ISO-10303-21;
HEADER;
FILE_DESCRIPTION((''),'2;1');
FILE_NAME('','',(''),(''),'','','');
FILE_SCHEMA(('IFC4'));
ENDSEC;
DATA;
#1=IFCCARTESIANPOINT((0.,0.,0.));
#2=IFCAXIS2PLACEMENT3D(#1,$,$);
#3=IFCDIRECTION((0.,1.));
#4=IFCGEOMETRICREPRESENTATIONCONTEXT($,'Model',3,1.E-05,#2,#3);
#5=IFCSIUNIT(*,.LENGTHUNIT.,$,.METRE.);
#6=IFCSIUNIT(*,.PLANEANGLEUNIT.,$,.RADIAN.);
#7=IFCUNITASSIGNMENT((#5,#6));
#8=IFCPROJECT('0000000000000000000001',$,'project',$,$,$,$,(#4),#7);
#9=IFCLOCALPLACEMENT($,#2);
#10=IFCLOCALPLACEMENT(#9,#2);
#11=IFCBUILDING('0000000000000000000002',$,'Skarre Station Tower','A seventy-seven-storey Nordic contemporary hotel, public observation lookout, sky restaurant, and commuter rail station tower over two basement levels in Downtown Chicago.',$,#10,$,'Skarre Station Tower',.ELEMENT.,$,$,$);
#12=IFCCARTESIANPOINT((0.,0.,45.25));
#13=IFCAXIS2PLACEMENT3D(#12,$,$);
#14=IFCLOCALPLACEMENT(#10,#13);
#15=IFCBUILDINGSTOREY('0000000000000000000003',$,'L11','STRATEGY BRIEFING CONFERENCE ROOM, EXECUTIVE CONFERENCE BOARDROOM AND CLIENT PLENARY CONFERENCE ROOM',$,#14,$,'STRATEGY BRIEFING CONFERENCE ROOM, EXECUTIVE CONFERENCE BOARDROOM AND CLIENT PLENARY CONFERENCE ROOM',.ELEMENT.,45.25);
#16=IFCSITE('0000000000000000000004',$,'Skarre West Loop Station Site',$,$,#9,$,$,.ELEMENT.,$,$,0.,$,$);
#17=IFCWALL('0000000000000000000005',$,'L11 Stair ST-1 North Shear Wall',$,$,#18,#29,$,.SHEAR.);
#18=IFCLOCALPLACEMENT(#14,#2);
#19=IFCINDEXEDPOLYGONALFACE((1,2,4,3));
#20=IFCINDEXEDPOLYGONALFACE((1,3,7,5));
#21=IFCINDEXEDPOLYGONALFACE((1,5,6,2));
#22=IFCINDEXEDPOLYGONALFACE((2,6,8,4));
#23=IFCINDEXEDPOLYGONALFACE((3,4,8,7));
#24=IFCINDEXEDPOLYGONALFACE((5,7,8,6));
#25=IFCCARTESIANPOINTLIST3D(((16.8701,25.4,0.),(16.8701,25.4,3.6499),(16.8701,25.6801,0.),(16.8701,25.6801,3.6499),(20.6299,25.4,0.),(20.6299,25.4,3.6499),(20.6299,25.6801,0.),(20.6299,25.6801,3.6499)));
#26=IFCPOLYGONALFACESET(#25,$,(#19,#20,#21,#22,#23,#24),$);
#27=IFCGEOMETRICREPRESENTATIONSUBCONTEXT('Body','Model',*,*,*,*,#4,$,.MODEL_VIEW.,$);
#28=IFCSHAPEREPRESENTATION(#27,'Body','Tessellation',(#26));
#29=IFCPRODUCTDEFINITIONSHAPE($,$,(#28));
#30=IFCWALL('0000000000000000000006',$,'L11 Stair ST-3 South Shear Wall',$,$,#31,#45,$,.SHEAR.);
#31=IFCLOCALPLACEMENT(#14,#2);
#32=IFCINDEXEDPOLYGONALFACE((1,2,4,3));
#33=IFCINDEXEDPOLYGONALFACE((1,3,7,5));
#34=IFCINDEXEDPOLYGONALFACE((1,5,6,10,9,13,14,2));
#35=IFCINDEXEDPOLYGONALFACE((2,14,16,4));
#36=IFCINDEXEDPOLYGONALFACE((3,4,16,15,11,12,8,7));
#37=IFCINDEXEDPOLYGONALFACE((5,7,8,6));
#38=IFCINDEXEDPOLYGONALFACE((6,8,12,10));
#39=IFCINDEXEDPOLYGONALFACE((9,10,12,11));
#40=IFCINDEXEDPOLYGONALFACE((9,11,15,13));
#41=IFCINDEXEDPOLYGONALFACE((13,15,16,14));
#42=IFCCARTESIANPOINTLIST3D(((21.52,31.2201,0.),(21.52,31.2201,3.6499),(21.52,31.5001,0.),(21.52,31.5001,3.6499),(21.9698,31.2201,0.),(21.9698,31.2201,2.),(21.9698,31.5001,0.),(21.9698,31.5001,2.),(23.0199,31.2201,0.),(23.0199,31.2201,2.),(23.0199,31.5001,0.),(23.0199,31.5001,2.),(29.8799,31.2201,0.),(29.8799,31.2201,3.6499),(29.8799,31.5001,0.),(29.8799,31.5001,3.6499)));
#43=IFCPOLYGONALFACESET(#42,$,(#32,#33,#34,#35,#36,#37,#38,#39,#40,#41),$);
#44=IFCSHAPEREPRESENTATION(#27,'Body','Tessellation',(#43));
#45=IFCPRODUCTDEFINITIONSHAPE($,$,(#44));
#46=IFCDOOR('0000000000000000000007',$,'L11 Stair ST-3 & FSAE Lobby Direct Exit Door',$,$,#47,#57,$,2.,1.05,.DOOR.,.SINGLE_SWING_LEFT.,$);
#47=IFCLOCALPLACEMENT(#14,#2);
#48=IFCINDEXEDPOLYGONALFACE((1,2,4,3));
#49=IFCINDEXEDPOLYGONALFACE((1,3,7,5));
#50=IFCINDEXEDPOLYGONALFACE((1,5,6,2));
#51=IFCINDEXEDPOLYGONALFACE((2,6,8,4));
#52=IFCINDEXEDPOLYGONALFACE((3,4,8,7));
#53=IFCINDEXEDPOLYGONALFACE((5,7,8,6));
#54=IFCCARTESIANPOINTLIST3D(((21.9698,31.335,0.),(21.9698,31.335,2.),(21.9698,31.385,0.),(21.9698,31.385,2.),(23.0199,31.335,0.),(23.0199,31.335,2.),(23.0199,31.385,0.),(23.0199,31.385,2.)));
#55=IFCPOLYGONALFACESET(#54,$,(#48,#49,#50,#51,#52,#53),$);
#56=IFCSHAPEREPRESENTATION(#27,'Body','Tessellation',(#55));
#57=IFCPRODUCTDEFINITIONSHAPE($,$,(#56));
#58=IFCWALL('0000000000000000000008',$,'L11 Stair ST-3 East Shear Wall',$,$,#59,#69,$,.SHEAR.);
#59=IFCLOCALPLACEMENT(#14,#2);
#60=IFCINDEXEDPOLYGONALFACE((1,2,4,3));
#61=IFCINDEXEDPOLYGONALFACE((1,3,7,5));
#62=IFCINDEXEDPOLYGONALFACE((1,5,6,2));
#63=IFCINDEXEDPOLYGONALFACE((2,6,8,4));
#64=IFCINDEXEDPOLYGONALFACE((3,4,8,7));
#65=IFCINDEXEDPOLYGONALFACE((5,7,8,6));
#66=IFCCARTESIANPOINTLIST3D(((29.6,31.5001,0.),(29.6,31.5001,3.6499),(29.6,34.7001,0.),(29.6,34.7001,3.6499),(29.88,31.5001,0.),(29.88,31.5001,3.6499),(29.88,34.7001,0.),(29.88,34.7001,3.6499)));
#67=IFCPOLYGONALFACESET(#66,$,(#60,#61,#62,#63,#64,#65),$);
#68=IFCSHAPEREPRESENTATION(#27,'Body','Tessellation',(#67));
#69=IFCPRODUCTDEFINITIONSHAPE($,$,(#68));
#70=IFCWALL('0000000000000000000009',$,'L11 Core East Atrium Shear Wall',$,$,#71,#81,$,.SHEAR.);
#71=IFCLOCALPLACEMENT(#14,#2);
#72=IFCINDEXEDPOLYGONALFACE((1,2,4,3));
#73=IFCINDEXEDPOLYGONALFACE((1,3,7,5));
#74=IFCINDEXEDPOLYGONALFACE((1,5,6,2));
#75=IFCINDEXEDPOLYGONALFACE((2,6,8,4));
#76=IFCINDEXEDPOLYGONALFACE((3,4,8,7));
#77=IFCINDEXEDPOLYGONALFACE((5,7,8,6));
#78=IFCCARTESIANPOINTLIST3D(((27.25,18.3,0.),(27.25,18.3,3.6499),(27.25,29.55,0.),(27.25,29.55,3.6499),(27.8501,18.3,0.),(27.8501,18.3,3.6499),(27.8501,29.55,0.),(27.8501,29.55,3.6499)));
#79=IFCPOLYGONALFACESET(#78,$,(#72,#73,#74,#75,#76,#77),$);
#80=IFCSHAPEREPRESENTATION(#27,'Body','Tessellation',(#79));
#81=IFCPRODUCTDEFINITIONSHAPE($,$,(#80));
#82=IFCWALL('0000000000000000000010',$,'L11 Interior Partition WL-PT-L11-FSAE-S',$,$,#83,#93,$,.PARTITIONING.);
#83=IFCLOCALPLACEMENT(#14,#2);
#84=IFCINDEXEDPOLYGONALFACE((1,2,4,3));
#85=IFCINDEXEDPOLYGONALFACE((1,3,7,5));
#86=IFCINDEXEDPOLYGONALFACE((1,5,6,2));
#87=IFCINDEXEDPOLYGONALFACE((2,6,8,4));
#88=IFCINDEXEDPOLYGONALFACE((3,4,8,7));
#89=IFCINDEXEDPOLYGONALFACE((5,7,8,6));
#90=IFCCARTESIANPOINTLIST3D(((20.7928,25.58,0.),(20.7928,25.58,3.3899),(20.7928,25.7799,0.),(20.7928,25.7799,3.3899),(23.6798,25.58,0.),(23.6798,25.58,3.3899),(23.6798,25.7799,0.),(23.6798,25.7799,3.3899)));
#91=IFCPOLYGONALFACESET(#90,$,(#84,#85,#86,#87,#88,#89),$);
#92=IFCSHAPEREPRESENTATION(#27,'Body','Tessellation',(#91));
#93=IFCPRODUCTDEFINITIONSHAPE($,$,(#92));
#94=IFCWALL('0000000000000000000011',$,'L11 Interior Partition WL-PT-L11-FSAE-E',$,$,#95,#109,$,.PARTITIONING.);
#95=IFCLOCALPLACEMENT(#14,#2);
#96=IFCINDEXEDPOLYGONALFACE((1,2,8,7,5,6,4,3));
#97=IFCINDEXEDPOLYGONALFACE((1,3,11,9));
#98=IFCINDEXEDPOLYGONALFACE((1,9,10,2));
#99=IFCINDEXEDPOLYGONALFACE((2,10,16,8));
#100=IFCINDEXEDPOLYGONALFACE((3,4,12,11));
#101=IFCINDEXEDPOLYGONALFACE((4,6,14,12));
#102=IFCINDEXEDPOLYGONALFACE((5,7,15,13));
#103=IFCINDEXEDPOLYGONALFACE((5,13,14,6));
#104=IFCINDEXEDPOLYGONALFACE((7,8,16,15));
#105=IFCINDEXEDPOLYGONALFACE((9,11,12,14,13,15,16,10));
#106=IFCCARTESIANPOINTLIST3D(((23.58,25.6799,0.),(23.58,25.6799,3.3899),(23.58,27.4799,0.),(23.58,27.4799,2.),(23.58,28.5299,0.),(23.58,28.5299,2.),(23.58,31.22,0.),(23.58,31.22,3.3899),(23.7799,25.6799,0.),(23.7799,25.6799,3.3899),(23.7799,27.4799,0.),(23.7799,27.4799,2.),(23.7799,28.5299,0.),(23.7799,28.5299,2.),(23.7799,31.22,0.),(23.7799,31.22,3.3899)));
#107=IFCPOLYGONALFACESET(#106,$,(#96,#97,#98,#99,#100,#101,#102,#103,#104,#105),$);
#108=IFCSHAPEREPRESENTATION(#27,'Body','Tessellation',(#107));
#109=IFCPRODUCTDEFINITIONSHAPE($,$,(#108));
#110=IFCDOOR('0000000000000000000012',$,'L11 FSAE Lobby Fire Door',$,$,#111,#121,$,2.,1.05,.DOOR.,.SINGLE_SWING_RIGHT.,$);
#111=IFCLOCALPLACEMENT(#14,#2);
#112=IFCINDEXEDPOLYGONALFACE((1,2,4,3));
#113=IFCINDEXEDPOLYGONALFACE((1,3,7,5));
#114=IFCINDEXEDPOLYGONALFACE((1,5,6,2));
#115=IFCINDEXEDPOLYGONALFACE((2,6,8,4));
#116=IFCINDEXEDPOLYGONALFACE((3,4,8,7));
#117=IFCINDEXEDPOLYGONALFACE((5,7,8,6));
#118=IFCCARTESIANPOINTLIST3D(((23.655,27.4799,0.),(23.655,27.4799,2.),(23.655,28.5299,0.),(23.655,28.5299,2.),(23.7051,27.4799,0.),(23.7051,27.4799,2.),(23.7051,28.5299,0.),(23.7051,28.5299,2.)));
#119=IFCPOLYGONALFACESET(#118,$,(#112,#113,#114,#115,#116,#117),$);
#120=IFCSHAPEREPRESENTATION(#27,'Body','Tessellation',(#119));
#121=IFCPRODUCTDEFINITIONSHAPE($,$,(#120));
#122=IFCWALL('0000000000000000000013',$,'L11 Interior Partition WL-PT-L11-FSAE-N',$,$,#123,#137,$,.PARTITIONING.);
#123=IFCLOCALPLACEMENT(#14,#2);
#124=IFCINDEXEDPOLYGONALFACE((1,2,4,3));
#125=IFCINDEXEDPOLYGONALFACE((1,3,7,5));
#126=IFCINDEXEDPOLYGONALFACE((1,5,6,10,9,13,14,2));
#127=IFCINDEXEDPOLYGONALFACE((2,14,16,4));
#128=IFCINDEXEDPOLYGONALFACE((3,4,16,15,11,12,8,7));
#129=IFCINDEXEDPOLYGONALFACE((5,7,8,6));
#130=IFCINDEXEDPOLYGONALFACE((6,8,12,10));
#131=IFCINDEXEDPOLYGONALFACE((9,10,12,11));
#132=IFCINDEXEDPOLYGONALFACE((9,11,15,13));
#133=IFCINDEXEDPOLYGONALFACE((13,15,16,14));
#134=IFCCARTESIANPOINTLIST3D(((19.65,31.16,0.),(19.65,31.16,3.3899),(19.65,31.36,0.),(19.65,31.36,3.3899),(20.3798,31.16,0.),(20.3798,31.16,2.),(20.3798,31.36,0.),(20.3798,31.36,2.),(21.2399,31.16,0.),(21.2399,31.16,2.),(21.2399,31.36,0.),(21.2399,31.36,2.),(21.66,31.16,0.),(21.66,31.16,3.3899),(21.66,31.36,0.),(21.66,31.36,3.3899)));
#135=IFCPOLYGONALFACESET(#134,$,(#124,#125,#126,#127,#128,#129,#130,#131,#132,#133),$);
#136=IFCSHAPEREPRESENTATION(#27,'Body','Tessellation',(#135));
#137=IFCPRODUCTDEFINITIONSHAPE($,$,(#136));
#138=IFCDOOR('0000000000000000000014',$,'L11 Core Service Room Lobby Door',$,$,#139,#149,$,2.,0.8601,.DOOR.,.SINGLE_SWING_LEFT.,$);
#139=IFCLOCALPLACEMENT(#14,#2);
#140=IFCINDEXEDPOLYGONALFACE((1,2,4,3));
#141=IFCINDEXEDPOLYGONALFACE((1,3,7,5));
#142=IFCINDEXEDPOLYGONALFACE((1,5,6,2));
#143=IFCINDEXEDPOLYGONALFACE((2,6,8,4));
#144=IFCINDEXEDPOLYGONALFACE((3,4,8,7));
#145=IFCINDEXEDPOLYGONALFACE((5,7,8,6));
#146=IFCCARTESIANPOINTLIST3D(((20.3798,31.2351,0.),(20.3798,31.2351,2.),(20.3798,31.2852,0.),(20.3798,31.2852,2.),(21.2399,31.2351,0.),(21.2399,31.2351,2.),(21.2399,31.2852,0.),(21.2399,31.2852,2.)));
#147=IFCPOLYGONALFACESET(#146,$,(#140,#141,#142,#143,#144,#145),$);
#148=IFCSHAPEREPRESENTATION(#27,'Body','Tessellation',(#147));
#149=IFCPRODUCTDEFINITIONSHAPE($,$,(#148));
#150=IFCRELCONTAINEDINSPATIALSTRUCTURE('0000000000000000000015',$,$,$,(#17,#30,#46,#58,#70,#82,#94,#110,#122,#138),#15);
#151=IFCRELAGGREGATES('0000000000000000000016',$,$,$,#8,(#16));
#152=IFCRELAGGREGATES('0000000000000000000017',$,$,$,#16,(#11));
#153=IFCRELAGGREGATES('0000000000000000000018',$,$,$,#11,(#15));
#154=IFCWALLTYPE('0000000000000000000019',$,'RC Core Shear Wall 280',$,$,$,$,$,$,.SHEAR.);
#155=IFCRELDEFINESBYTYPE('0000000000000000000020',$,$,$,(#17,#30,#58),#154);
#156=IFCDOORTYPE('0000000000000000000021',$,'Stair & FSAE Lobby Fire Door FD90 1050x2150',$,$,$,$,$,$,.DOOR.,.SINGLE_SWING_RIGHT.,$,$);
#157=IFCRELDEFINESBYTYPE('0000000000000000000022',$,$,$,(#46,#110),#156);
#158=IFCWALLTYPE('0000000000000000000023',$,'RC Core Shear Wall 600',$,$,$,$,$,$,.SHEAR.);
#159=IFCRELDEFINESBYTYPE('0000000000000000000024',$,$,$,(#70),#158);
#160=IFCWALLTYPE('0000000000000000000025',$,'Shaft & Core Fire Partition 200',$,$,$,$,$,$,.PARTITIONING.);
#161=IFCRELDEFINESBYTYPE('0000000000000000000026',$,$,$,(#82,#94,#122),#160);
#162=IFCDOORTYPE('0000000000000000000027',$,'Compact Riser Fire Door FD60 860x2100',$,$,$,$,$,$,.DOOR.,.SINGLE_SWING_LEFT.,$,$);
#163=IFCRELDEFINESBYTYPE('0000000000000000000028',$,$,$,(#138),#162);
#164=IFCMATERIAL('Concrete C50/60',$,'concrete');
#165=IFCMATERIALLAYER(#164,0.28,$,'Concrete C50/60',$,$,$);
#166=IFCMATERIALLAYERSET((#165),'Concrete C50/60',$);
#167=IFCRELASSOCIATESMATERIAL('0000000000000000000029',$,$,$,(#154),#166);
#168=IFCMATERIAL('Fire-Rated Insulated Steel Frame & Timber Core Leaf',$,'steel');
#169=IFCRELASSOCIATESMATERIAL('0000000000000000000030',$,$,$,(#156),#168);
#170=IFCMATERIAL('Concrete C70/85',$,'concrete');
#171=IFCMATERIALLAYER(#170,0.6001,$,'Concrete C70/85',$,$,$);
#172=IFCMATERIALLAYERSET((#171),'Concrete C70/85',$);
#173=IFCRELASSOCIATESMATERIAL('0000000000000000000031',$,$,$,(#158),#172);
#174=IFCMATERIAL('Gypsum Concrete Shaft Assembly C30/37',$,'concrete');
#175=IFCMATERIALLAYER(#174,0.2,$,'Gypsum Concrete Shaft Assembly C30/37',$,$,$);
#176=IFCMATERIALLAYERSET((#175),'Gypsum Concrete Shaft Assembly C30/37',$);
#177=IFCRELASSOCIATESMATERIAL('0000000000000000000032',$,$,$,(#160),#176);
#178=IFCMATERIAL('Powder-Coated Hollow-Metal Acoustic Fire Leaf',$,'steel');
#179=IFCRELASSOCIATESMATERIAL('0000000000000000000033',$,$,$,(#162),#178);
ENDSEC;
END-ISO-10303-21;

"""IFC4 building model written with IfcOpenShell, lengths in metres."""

from ifc_helpers import new_model, si_unit, direction, frame, frame_2d, origin, place, context, subcontext, project, spatial, rectangle, extrude, material, layer, layer_set, type_object, element, fill, save


model = new_model("IFC4")

# Units and contexts
model_context = context("Model", 3, precision=1e-05, world=origin(), true_north=direction((0.0, 1.0)))
body_context = subcontext(model_context, "Body", "Model", "MODEL_VIEW")
ifc_project = project(units=[si_unit("LENGTHUNIT", "METRE"), si_unit("PLANEANGLEUNIT", "RADIAN")], contexts=[model_context])

# Site, building, storey
site_placement = place(None, origin())
site = spatial("IfcSite", under=ifc_project, at=site_placement, Name="Skarre West Loop Station Site", CompositionType="ELEMENT", RefElevation=0.0)
building_placement = place(site_placement, origin())
building = spatial("IfcBuilding", under=site, at=building_placement, Name="Skarre Station Tower", Description="A seventy-seven-storey Nordic contemporary hotel, public observation lookout, sky restaurant, and commuter rail station tower over two basement levels in Downtown Chicago.", LongName="Skarre Station Tower", CompositionType="ELEMENT")
storey_placement = place(building_placement, frame((0.0, 0.0, 45.25)))
storey = spatial("IfcBuildingStorey", under=building, at=storey_placement, Name="L11", Description="STRATEGY BRIEFING CONFERENCE ROOM, EXECUTIVE CONFERENCE BOARDROOM AND CLIENT PLENARY CONFERENCE ROOM", LongName="STRATEGY BRIEFING CONFERENCE ROOM, EXECUTIVE CONFERENCE BOARDROOM AND CLIENT PLENARY CONFERENCE ROOM", CompositionType="ELEMENT", Elevation=45.25)

# Wall
ifc_material_1 = material(Name="Concrete C50/60", Category="concrete")
ifc_layer_1 = layer(ifc_material_1, 0.28, Name="Concrete C50/60")
ifc_layer_set_1 = layer_set([ifc_layer_1], Name="Concrete C50/60")
wall_type_1 = type_object("IfcWallType", Name="RC Core Shear Wall 280", PredefinedType="SHEAR", material=ifc_layer_set_1)
wall_1_placement = place(storey_placement, frame((20.6299, 25.54, 0.0), z_axis=(0.0, 0.0, 1.0), x_axis=(-1.0, 0.0, 0.0)))
element("IfcWall", 1, at=wall_1_placement, inside=storey, type_object=wall_type_1, Name="L11 Stair ST-1 North Shear Wall", PredefinedType="SHEAR", context=body_context, shape_type="SweptSolid", body=[
    extrude(rectangle(XDim=3.7598, YDim=0.28, at=frame_2d((1.8799, 0.0))), origin(), (0.0, 0.0, 1.0), 3.6499),
])

# Wall, opening, door
wall_2_placement = place(storey_placement, frame((21.52, 31.3601, 0.0), z_axis=(0.0, 0.0, 1.0), x_axis=(1.0, 0.0, 0.0)))
wall_2 = element("IfcWall", 2, at=wall_2_placement, inside=storey, type_object=wall_type_1, Name="L11 Stair ST-3 South Shear Wall", PredefinedType="SHEAR", context=body_context, shape_type="SweptSolid", body=[
    extrude(rectangle(XDim=8.3599, YDim=0.28, at=frame_2d((4.1799, 0.0))), origin(), (0.0, 0.0, 1.0), 3.6499),
])
opening_1_placement = place(wall_2_placement, frame((0.45, 0.0, 0.0)))
opening_1 = element("IfcOpeningElement", 3, at=opening_1_placement, cuts=wall_2, PredefinedType="OPENING", context=body_context, shape_type="SweptSolid", body=[
    extrude(rectangle(XDim=1.05, YDim=2.0, at=frame_2d((0.5249, 1.0))), frame((0.0, 0.1499, 0.0), z_axis=(0.0, -1.0, 0.0), x_axis=(1.0, 0.0, 0.0)), (0.0, 0.0, 1.0), 0.3),
])
ifc_material_2 = material(Name="Fire-Rated Insulated Steel Frame & Timber Core Leaf", Category="steel")
door_type_1 = type_object("IfcDoorType", Name="Stair & FSAE Lobby Fire Door FD90 1050x2150", OperationType="SINGLE_SWING_RIGHT", PredefinedType="DOOR", material=ifc_material_2)
door_1_placement = place(opening_1_placement, origin())
door_1 = element("IfcDoor", 4, at=door_1_placement, inside=storey, type_object=door_type_1, Name="L11 Stair ST-3 & FSAE Lobby Direct Exit Door", OperationType="SINGLE_SWING_LEFT", OverallHeight=2.0, OverallWidth=1.05, PredefinedType="DOOR", context=body_context, shape_type="SweptSolid", body=[
    extrude(rectangle(XDim=1.05, YDim=2.0, at=frame_2d((0.5249, 1.0))), frame((0.0, 0.0249, 0.0), z_axis=(0.0, -1.0, 0.0), x_axis=(1.0, 0.0, 0.0)), (0.0, 0.0, 1.0), 0.05),
])
fill(opening_1, door_1)

# Walls
wall_3_placement = place(storey_placement, frame((29.74, 31.5, 0.0), z_axis=(0.0, 0.0, 1.0), x_axis=(0.0, 1.0, 0.0)))
element("IfcWall", 5, at=wall_3_placement, inside=storey, type_object=wall_type_1, Name="L11 Stair ST-3 East Shear Wall", PredefinedType="SHEAR", context=body_context, shape_type="SweptSolid", body=[
    extrude(rectangle(XDim=3.2, YDim=0.28, at=frame_2d((1.6001, 0.0))), origin(), (0.0, 0.0, 1.0), 3.6499),
])
ifc_material_3 = material(Name="Concrete C70/85", Category="concrete")
ifc_layer_2 = layer(ifc_material_3, 0.6001, Name="Concrete C70/85")
ifc_layer_set_2 = layer_set([ifc_layer_2], Name="Concrete C70/85")
wall_type_2 = type_object("IfcWallType", Name="RC Core Shear Wall 600", PredefinedType="SHEAR", material=ifc_layer_set_2)
wall_4_placement = place(storey_placement, frame((27.55, 29.55, 0.0), z_axis=(0.0, 0.0, 1.0), x_axis=(0.0, -1.0, 0.0)))
element("IfcWall", 6, at=wall_4_placement, inside=storey, type_object=wall_type_2, Name="L11 Core East Atrium Shear Wall", PredefinedType="SHEAR", context=body_context, shape_type="SweptSolid", body=[
    extrude(rectangle(XDim=11.25, YDim=0.6001, at=frame_2d((5.625, 0.0))), origin(), (0.0, 0.0, 1.0), 3.6499),
])
ifc_material_4 = material(Name="Gypsum Concrete Shaft Assembly C30/37", Category="concrete")
ifc_layer_3 = layer(ifc_material_4, 0.2, Name="Gypsum Concrete Shaft Assembly C30/37")
ifc_layer_set_3 = layer_set([ifc_layer_3], Name="Gypsum Concrete Shaft Assembly C30/37")
wall_type_3 = type_object("IfcWallType", Name="Shaft & Core Fire Partition 200", PredefinedType="PARTITIONING", material=ifc_layer_set_3)
wall_5_placement = place(storey_placement, frame((20.793, 25.6799, 0.0), z_axis=(0.0, 0.0, 1.0), x_axis=(1.0, 0.0, 0.0)))
element("IfcWall", 7, at=wall_5_placement, inside=storey, type_object=wall_type_3, Name="L11 Interior Partition WL-PT-L11-FSAE-S", PredefinedType="PARTITIONING", context=body_context, shape_type="SweptSolid", body=[
    extrude(rectangle(XDim=2.887, YDim=0.2, at=frame_2d((1.4434, 0.0))), origin(), (0.0, 0.0, 1.0), 3.3899),
])

# Walls, openings, doors
wall_6_placement = place(storey_placement, frame((23.6799, 25.6799, 0.0), z_axis=(0.0, 0.0, 1.0), x_axis=(0.0, 1.0, 0.0)))
wall_6 = element("IfcWall", 8, at=wall_6_placement, inside=storey, type_object=wall_type_3, Name="L11 Interior Partition WL-PT-L11-FSAE-E", PredefinedType="PARTITIONING", context=body_context, shape_type="SweptSolid", body=[
    extrude(rectangle(XDim=5.54, YDim=0.2, at=frame_2d((2.77, 0.0))), origin(), (0.0, 0.0, 1.0), 3.3899),
])
opening_2_placement = place(wall_6_placement, frame((1.8, 0.0, 0.0)))
opening_2 = element("IfcOpeningElement", 9, at=opening_2_placement, cuts=wall_6, PredefinedType="OPENING", context=body_context, shape_type="SweptSolid", body=[
    extrude(rectangle(XDim=1.05, YDim=2.0, at=frame_2d((0.5249, 1.0))), frame((0.0, 0.1099, 0.0), z_axis=(0.0, -1.0, 0.0), x_axis=(1.0, 0.0, 0.0)), (0.0, 0.0, 1.0), 0.22),
])
door_2_placement = place(opening_2_placement, origin())
door_2 = element("IfcDoor", 10, at=door_2_placement, inside=storey, type_object=door_type_1, Name="L11 FSAE Lobby Fire Door", OperationType="SINGLE_SWING_RIGHT", OverallHeight=2.0, OverallWidth=1.05, PredefinedType="DOOR", context=body_context, shape_type="SweptSolid", body=[
    extrude(rectangle(XDim=1.05, YDim=2.0, at=frame_2d((0.5249, 1.0))), frame((0.0, 0.0249, 0.0), z_axis=(0.0, -1.0, 0.0), x_axis=(1.0, 0.0, 0.0)), (0.0, 0.0, 1.0), 0.05),
])
fill(opening_2, door_2)
wall_7_placement = place(storey_placement, frame((21.6599, 31.26, 0.0), z_axis=(0.0, 0.0, 1.0), x_axis=(-1.0, 0.0, 0.0)))
wall_7 = element("IfcWall", 11, at=wall_7_placement, inside=storey, type_object=wall_type_3, Name="L11 Interior Partition WL-PT-L11-FSAE-N", PredefinedType="PARTITIONING", context=body_context, shape_type="SweptSolid", body=[
    extrude(rectangle(XDim=2.01, YDim=0.2, at=frame_2d((1.0049, 0.0))), origin(), (0.0, 0.0, 1.0), 3.3899),
])
opening_3_placement = place(wall_7_placement, frame((0.4199, 0.0, 0.0)))
opening_3 = element("IfcOpeningElement", 12, at=opening_3_placement, cuts=wall_7, PredefinedType="OPENING", context=body_context, shape_type="SweptSolid", body=[
    extrude(rectangle(XDim=0.8601, YDim=2.0, at=frame_2d((0.4302, 1.0))), frame((0.0, 0.1099, 0.0), z_axis=(0.0, -1.0, 0.0), x_axis=(1.0, 0.0, 0.0)), (0.0, 0.0, 1.0), 0.22),
])
ifc_material_5 = material(Name="Powder-Coated Hollow-Metal Acoustic Fire Leaf", Category="steel")
door_type_2 = type_object("IfcDoorType", Name="Compact Riser Fire Door FD60 860x2100", OperationType="SINGLE_SWING_LEFT", PredefinedType="DOOR", material=ifc_material_5)
door_3_placement = place(opening_3_placement, origin())
door_3 = element("IfcDoor", 13, at=door_3_placement, inside=storey, type_object=door_type_2, Name="L11 Core Service Room Lobby Door", OperationType="SINGLE_SWING_LEFT", OverallHeight=2.0, OverallWidth=0.8601, PredefinedType="DOOR", context=body_context, shape_type="SweptSolid", body=[
    extrude(rectangle(XDim=0.8601, YDim=2.0, at=frame_2d((0.4302, 1.0))), frame((0.0, 0.0249, 0.0), z_axis=(0.0, -1.0, 0.0), x_axis=(1.0, 0.0, 0.0)), (0.0, 0.0, 1.0), 0.05),
])
fill(opening_3, door_3)

save(model, "model.ifc")
